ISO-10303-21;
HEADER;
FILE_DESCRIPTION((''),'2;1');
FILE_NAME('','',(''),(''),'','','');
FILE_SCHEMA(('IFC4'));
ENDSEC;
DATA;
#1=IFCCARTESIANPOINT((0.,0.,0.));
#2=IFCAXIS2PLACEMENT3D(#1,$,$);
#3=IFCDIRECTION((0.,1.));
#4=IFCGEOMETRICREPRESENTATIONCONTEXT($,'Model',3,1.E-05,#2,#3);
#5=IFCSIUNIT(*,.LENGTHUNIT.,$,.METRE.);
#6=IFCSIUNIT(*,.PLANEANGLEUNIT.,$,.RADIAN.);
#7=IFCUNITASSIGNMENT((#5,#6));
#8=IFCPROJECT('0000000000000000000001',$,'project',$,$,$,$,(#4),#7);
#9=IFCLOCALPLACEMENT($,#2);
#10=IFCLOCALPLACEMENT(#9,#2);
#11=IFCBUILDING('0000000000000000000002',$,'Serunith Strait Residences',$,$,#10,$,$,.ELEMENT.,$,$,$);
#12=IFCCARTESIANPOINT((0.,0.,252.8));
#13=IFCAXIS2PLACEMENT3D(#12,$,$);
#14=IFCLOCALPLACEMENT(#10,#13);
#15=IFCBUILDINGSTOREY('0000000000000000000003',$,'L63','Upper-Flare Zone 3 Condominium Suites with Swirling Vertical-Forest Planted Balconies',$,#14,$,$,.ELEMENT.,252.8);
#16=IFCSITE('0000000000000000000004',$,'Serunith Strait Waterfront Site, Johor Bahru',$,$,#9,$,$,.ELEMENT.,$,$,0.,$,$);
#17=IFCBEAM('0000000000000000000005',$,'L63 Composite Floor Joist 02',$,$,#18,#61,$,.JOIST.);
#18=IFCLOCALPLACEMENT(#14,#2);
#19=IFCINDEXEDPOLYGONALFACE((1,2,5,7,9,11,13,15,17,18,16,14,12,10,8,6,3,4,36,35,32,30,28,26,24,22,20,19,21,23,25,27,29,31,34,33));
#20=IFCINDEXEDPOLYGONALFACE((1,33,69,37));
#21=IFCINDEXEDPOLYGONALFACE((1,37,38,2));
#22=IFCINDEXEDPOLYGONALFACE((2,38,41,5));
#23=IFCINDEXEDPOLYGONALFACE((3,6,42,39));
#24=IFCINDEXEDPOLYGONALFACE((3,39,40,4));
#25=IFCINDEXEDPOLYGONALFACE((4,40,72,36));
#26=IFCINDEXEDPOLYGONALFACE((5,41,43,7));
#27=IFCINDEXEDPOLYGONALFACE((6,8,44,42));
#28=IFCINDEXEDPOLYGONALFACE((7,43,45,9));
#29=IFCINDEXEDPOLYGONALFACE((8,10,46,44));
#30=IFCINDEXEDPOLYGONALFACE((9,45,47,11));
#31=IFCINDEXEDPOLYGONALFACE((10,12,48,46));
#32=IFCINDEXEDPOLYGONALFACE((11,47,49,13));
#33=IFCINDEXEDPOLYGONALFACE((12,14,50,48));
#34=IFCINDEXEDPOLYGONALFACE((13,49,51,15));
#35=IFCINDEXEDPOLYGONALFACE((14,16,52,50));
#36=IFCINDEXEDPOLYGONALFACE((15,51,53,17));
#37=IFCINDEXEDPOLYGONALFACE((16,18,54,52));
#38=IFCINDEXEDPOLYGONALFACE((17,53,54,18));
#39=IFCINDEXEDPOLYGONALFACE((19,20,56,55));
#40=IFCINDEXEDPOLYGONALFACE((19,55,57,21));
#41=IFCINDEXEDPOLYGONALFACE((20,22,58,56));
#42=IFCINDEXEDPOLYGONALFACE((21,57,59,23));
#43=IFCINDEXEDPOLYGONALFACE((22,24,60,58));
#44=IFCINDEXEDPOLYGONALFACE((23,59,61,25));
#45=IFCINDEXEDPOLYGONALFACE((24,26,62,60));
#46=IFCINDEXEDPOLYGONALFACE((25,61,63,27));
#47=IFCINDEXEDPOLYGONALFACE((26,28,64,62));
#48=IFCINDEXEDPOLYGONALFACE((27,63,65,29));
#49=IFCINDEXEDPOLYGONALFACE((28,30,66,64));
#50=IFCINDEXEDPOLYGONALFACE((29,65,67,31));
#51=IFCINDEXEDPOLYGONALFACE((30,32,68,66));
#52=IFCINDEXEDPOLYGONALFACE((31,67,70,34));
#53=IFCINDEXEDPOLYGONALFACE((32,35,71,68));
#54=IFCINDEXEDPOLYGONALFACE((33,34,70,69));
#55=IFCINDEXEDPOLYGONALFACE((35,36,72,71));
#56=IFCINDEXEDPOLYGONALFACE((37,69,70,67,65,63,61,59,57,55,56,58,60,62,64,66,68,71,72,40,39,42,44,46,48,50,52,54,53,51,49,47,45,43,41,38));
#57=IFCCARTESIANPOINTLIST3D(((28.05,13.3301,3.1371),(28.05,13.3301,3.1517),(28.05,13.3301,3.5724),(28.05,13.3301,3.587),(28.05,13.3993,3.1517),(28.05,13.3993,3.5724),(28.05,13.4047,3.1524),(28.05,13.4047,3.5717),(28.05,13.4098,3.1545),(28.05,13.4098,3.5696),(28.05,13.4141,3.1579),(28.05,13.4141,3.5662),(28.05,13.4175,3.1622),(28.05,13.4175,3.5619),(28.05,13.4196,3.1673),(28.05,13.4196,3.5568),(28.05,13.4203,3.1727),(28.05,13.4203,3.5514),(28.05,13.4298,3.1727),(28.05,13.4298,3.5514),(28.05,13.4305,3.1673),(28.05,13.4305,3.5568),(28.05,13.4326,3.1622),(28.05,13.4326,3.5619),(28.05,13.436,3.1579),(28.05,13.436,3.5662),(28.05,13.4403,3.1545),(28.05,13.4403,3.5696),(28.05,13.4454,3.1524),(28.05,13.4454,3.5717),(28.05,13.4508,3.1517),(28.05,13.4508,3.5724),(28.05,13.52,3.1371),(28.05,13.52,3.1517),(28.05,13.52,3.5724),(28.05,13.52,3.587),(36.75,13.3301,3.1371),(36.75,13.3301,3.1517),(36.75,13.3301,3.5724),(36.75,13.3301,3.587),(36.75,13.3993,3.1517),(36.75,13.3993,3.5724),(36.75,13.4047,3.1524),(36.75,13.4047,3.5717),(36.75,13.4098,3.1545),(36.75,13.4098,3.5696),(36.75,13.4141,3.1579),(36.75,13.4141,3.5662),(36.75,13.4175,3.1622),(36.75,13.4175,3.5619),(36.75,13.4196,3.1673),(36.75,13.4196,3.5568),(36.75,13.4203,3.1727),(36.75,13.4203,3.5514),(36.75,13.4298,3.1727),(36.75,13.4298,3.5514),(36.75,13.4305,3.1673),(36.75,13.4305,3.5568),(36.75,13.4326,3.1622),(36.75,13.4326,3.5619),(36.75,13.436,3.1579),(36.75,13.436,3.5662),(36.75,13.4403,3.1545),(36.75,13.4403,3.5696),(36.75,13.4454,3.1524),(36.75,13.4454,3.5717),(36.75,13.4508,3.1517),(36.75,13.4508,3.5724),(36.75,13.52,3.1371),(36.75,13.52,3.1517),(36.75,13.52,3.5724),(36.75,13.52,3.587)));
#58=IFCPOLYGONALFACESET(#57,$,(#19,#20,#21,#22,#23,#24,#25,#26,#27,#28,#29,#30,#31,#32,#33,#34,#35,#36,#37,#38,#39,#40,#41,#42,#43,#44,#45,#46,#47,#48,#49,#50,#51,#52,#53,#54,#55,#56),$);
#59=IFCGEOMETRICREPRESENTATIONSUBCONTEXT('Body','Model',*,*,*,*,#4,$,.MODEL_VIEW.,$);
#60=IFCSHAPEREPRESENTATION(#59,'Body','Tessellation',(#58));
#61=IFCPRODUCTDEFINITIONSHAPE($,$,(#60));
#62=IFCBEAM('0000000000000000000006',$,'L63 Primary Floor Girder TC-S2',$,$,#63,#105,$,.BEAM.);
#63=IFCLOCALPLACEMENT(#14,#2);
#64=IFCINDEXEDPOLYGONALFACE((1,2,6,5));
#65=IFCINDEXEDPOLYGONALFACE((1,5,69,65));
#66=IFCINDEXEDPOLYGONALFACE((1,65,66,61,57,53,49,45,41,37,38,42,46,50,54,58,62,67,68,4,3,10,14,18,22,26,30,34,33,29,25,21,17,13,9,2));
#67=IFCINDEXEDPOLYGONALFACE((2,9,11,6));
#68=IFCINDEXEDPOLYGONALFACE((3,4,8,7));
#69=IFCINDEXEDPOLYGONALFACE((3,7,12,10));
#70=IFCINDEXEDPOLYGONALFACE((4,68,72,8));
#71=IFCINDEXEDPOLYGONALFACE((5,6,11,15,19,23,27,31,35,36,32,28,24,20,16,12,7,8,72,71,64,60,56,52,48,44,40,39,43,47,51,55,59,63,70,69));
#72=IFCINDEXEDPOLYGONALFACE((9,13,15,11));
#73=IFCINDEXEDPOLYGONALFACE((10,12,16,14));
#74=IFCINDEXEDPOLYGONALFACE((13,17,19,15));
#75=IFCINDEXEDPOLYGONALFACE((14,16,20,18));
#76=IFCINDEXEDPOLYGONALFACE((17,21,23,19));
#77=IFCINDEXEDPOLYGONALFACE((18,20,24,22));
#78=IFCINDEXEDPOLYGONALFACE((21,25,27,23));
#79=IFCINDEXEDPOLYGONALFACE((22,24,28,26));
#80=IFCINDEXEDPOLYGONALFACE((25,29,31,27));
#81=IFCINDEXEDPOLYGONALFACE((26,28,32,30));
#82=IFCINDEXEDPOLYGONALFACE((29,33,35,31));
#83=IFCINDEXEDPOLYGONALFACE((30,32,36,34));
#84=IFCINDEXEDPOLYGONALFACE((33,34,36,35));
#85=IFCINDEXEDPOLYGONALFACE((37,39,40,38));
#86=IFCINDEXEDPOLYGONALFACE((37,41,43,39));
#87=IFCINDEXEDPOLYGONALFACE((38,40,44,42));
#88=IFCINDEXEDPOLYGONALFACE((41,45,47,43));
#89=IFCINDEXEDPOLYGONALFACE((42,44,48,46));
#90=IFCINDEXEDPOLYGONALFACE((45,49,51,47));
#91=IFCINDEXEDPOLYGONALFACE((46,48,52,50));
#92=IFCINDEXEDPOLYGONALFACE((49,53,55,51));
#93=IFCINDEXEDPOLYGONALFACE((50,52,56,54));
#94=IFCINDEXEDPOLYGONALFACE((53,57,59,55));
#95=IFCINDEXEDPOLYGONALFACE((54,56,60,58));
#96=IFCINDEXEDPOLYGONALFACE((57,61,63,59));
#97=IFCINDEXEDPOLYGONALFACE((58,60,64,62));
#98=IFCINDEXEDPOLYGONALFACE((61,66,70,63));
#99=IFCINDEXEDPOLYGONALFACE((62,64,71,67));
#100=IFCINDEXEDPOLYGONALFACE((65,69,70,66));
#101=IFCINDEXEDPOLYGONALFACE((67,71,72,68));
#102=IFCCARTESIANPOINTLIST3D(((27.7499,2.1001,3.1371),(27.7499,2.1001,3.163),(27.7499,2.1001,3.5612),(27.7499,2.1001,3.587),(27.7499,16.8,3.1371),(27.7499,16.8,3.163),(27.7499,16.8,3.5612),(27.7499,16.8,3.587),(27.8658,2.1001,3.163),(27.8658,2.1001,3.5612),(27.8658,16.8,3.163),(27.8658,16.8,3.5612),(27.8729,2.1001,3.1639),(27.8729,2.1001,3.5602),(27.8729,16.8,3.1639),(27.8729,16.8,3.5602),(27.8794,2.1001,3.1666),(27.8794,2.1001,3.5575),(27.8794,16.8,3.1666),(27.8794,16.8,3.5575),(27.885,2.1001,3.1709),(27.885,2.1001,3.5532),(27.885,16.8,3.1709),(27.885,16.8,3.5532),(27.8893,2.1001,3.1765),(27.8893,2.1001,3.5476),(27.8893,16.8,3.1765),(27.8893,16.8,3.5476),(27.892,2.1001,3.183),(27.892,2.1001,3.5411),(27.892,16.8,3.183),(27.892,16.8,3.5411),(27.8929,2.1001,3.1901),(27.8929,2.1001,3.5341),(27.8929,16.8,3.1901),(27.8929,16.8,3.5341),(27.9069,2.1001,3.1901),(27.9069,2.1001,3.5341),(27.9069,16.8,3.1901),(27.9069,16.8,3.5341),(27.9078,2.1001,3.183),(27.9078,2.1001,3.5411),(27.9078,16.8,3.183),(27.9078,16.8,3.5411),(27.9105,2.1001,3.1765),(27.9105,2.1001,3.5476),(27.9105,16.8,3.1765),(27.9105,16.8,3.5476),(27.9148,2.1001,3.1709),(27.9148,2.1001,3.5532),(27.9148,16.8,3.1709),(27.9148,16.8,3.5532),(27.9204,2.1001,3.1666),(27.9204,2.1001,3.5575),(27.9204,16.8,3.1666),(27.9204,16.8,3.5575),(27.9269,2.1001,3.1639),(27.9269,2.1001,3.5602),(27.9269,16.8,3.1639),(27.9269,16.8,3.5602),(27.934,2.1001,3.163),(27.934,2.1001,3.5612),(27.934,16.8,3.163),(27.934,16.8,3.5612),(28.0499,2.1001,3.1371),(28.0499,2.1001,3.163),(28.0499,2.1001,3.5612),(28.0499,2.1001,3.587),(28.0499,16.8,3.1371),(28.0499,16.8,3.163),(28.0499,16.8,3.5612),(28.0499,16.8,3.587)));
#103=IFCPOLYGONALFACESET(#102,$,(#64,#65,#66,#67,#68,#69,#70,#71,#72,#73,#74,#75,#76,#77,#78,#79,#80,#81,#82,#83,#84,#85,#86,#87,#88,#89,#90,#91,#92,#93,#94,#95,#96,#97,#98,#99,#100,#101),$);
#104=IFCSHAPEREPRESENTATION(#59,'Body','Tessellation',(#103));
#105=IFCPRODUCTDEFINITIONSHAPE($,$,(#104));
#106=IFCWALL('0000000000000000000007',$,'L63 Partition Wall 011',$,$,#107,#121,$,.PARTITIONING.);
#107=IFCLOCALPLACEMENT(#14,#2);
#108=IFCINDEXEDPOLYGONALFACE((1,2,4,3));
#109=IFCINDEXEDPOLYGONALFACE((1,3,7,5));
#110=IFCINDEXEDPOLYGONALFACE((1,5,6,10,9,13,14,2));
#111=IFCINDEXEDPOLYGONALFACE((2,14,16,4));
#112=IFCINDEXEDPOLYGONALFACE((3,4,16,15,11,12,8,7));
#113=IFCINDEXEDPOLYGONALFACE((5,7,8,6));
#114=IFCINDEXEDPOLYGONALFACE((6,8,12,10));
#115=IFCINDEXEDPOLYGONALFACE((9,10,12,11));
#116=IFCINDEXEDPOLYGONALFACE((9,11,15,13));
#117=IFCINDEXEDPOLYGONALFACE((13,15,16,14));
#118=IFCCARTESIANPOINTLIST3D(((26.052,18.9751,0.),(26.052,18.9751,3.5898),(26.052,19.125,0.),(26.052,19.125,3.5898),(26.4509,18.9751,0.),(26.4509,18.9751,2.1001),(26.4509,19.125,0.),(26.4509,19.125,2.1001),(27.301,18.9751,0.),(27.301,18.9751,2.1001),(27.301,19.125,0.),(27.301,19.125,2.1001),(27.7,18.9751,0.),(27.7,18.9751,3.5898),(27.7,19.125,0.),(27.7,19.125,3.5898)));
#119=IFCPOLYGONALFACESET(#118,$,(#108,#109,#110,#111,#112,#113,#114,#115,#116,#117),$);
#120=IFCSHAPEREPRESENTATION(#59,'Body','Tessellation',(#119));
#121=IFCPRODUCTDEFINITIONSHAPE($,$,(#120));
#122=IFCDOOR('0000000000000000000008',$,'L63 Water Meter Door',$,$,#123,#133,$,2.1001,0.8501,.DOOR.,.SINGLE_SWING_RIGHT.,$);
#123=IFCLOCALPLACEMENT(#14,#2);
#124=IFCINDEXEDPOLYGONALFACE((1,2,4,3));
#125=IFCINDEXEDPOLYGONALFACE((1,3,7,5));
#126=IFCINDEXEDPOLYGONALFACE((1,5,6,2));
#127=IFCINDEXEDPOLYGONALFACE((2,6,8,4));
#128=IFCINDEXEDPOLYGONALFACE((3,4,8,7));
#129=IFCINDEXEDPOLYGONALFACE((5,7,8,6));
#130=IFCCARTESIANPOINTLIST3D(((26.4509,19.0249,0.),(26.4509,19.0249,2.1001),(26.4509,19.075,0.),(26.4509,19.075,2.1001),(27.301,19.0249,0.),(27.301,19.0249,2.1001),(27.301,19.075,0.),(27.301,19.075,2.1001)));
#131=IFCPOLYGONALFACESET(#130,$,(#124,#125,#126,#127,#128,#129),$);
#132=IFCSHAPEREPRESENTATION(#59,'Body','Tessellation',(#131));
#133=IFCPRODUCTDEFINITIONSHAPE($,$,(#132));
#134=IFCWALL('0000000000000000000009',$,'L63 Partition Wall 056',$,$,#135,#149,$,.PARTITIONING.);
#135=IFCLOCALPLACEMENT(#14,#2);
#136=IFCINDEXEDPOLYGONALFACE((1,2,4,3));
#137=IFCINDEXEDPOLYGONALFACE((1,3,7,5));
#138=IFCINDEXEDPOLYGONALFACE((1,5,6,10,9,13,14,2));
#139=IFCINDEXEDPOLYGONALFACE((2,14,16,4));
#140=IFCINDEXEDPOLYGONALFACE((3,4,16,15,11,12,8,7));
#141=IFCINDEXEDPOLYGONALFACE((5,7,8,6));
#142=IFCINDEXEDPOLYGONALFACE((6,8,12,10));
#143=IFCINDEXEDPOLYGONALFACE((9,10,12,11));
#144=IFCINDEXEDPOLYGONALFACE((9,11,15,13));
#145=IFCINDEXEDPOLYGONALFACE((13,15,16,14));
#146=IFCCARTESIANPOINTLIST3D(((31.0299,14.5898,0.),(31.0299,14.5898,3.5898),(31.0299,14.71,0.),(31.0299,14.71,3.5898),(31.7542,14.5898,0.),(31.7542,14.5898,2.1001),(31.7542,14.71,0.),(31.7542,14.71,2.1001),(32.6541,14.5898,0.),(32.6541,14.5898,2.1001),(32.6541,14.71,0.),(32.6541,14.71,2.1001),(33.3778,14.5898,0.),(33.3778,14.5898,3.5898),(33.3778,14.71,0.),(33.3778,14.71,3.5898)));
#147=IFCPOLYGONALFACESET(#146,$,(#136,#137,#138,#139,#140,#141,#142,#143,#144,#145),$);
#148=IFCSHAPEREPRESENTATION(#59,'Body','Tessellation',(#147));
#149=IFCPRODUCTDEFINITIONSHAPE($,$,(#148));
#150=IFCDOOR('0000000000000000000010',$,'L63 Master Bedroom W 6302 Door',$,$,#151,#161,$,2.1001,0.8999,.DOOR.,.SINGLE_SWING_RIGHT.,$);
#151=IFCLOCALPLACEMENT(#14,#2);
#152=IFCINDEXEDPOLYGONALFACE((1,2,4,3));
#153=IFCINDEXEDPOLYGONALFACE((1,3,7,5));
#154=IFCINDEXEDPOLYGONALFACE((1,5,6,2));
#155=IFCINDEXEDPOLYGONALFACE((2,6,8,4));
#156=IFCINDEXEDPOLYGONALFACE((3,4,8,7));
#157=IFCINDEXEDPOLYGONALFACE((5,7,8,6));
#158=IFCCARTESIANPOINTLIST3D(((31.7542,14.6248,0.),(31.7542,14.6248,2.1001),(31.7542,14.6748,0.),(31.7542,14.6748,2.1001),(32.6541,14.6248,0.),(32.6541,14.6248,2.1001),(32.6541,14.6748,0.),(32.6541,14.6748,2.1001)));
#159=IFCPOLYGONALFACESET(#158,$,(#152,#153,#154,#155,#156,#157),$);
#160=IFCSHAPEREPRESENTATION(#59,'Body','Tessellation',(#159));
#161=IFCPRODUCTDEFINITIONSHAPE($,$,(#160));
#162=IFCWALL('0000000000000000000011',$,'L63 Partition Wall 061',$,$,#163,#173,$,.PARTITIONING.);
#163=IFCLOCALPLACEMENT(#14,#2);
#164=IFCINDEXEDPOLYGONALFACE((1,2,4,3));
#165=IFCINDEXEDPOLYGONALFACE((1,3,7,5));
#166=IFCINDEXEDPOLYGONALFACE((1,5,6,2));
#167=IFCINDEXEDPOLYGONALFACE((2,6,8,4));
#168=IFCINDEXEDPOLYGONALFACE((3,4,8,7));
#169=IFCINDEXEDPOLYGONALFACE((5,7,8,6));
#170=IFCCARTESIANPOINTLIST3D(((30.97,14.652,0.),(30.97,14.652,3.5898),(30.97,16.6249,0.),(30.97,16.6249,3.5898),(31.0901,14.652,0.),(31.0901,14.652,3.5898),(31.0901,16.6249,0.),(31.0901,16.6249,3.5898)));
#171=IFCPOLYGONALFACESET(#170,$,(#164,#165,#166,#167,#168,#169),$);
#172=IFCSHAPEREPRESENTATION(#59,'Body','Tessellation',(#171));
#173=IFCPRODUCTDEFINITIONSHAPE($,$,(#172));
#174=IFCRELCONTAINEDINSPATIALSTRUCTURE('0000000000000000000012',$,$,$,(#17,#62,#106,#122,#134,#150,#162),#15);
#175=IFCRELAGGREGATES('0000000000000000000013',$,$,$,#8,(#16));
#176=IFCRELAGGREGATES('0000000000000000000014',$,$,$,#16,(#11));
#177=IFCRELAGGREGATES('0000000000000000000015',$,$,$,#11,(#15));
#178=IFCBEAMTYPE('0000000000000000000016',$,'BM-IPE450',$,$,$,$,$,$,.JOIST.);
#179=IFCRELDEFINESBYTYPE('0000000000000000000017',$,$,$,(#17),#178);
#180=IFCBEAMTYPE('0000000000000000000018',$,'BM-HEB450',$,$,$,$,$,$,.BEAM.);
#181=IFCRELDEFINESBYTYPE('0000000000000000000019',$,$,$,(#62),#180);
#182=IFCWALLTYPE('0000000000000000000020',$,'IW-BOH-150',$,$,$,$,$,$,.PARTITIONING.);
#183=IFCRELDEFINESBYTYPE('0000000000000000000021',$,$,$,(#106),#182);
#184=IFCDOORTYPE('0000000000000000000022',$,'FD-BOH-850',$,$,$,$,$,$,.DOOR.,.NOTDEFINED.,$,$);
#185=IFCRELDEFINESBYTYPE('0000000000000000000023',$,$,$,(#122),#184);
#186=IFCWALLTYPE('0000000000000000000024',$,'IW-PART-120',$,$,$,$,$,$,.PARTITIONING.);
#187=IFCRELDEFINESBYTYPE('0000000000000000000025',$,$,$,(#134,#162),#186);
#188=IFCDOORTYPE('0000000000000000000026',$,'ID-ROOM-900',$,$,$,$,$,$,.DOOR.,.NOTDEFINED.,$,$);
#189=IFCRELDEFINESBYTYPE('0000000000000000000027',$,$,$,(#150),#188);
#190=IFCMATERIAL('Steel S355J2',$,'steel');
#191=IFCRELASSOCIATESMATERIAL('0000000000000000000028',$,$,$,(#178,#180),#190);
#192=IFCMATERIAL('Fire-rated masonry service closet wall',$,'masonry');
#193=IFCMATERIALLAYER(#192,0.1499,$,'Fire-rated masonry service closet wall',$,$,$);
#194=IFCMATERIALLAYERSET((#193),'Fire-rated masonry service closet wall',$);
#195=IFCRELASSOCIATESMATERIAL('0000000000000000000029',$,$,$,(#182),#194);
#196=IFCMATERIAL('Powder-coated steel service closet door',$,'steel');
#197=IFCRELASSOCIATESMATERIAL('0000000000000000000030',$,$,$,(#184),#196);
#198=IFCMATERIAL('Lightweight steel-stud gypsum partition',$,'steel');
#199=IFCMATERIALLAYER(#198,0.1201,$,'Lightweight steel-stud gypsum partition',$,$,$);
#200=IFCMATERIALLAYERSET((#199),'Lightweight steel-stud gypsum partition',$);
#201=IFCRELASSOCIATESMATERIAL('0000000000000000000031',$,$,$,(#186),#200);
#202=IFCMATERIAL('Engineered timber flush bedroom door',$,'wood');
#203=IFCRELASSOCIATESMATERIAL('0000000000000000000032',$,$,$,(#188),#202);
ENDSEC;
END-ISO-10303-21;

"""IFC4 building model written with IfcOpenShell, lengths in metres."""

from ifc_helpers import new_model, si_unit, direction, frame, frame_2d, origin, origin_2d, place, context, subcontext, project, spatial, rectangle, i_section, extrude, source, transform, mapped, material, layer, layer_set, material_profile, profile_set, type_object, element, fill, save


model = new_model("IFC4")

# Units and contexts
model_context = context("Model", 3, precision=1e-05, world=origin(), true_north=direction((0.0, 1.0)))
body_context = subcontext(model_context, "Body", "Model", "MODEL_VIEW")
ifc_project = project(units=[si_unit("LENGTHUNIT", "METRE"), si_unit("PLANEANGLEUNIT", "RADIAN")], contexts=[model_context])

# Site, building, storey
site_placement = place(None, origin())
site = spatial("IfcSite", under=ifc_project, at=site_placement, Name="Serunith Strait Waterfront Site, Johor Bahru", CompositionType="ELEMENT", RefElevation=0.0)
building_placement = place(site_placement, origin())
building = spatial("IfcBuilding", under=site, at=building_placement, Name="Serunith Strait Residences", CompositionType="ELEMENT")
storey_placement = place(building_placement, frame((0.0, 0.0, 252.8)))
storey = spatial("IfcBuildingStorey", under=building, at=storey_placement, Name="L63", Description="Upper-Flare Zone 3 Condominium Suites with Swirling Vertical-Forest Planted Balconies", CompositionType="ELEMENT", Elevation=252.8)

# Beams
ifc_material_1 = material(Name="Steel S355J2", Category="steel")
ifc_material_profile_1 = material_profile(ifc_material_1, i_section(OverallWidth=0.1899, OverallDepth=0.45, WebThickness=0.0095, FlangeThickness=0.0146, FilletRadius=0.021, at=origin_2d()), Name="IPE 450")
ifc_profile_set_1 = profile_set([ifc_material_profile_1], Name="Steel S355J2")
beam_type_1 = type_object("IfcBeamType", Name="BM-IPE450", PredefinedType="JOIST", material=ifc_profile_set_1)
shared_shape_1 = source(origin(), body_context, "Body", "SweptSolid", [
    extrude(i_section(OverallWidth=0.1899, OverallDepth=0.45, WebThickness=0.0095, FlangeThickness=0.0146, FilletRadius=0.021, at=origin_2d()), origin(), (0.0, 0.0, 1.0), 8.7),
])
beam_1_placement = place(storey_placement, frame((28.05, 13.425, 3.3621), z_axis=(1.0, 0.0, 0.0), x_axis=(0.0, 1.0, 0.0)))
element("IfcBeam", 1, at=beam_1_placement, inside=storey, type_object=beam_type_1, Name="L63 Composite Floor Joist 02", PredefinedType="JOIST", context=body_context, shape_type="MappedRepresentation", body=[
    mapped(shared_shape_1, transform((0.0, 0.0, 0.0), scale=1.0)),
])
ifc_material_profile_2 = material_profile(ifc_material_1, i_section(OverallWidth=0.3, OverallDepth=0.45, WebThickness=0.0139, FlangeThickness=0.0259, FilletRadius=0.0271, at=origin_2d()), Name="HEB 450")
ifc_profile_set_2 = profile_set([ifc_material_profile_2], Name="Steel S355J2")
beam_type_2 = type_object("IfcBeamType", Name="BM-HEB450", PredefinedType="BEAM", material=ifc_profile_set_2)
shared_shape_2 = source(origin(), body_context, "Body", "SweptSolid", [
    extrude(i_section(OverallWidth=0.3, OverallDepth=0.45, WebThickness=0.0139, FlangeThickness=0.0259, FilletRadius=0.0271, at=origin_2d()), origin(), (0.0, 0.0, 1.0), 14.7),
])
beam_2_placement = place(storey_placement, frame((27.8999, 16.8, 3.3621), z_axis=(0.0, -1.0, 0.0), x_axis=(1.0, 0.0, 0.0)))
element("IfcBeam", 2, at=beam_2_placement, inside=storey, type_object=beam_type_2, Name="L63 Primary Floor Girder TC-S2", PredefinedType="BEAM", context=body_context, shape_type="MappedRepresentation", body=[
    mapped(shared_shape_2, transform((0.0, 0.0, 0.0), scale=1.0)),
])

# Walls, openings, doors
ifc_material_2 = material(Name="Fire-rated masonry service closet wall", Category="masonry")
ifc_layer_1 = layer(ifc_material_2, 0.1499, Name="Fire-rated masonry service closet wall")
ifc_layer_set_1 = layer_set([ifc_layer_1], Name="Fire-rated masonry service closet wall")
wall_type_1 = type_object("IfcWallType", Name="IW-BOH-150", PredefinedType="PARTITIONING", material=ifc_layer_set_1)
wall_1_placement = place(storey_placement, frame((26.052, 19.05, 0.0), z_axis=(0.0, 0.0, 1.0), x_axis=(1.0, 0.0, 0.0)))
wall_1 = element("IfcWall", 3, at=wall_1_placement, inside=storey, type_object=wall_type_1, Name="L63 Partition Wall 011", PredefinedType="PARTITIONING", context=body_context, shape_type="SweptSolid", body=[
    extrude(rectangle(XDim=1.6479, YDim=0.1499, at=frame_2d((0.824, 0.0))), origin(), (0.0, 0.0, 1.0), 3.5898),
])
opening_1_placement = place(wall_1_placement, frame((0.3989, 0.0, 0.0)))
opening_1 = element("IfcOpeningElement", 4, at=opening_1_placement, cuts=wall_1, PredefinedType="OPENING", context=body_context, shape_type="SweptSolid", body=[
    extrude(rectangle(XDim=0.8501, YDim=2.1001, at=frame_2d((0.425, 1.05))), frame((0.0, 0.085, 0.0), z_axis=(0.0, -1.0, 0.0), x_axis=(1.0, 0.0, 0.0)), (0.0, 0.0, 1.0), 0.1699),
])
ifc_material_3 = material(Name="Powder-coated steel service closet door", Category="steel")
door_type_1 = type_object("IfcDoorType", Name="FD-BOH-850", OperationType="NOTDEFINED", PredefinedType="DOOR", material=ifc_material_3)
shared_shape_3 = source(origin(), body_context, "Body", "SweptSolid", [
    extrude(rectangle(XDim=0.8501, YDim=2.1001, at=frame_2d((0.425, 1.05))), frame((0.0, 0.0249, 0.0), z_axis=(0.0, -1.0, 0.0), x_axis=(1.0, 0.0, 0.0)), (0.0, 0.0, 1.0), 0.05),
])
door_1_placement = place(opening_1_placement, origin())
door_1 = element("IfcDoor", 5, at=door_1_placement, inside=storey, type_object=door_type_1, Name="L63 Water Meter Door", OperationType="SINGLE_SWING_RIGHT", OverallHeight=2.1001, OverallWidth=0.8501, PredefinedType="DOOR", context=body_context, shape_type="MappedRepresentation", body=[
    mapped(shared_shape_3, transform((0.0, 0.0, 0.0), scale=1.0)),
])
fill(opening_1, door_1)
ifc_material_4 = material(Name="Lightweight steel-stud gypsum partition", Category="steel")
ifc_layer_2 = layer(ifc_material_4, 0.1201, Name="Lightweight steel-stud gypsum partition")
ifc_layer_set_2 = layer_set([ifc_layer_2], Name="Lightweight steel-stud gypsum partition")
wall_type_2 = type_object("IfcWallType", Name="IW-PART-120", PredefinedType="PARTITIONING", material=ifc_layer_set_2)
wall_2_placement = place(storey_placement, frame((31.03, 14.6499, 0.0), z_axis=(0.0, 0.0, 1.0), x_axis=(1.0, 0.0, 0.0)))
wall_2 = element("IfcWall", 6, at=wall_2_placement, inside=storey, type_object=wall_type_2, Name="L63 Partition Wall 056", PredefinedType="PARTITIONING", context=body_context, shape_type="SweptSolid", body=[
    extrude(rectangle(XDim=2.3479, YDim=0.1201, at=frame_2d((1.1738, 0.0))), origin(), (0.0, 0.0, 1.0), 3.5898),
])
opening_2_placement = place(wall_2_placement, frame((0.7241, 0.0, 0.0)))
opening_2 = element("IfcOpeningElement", 7, at=opening_2_placement, cuts=wall_2, PredefinedType="OPENING", context=body_context, shape_type="SweptSolid", body=[
    extrude(rectangle(XDim=0.8999, YDim=2.1001, at=frame_2d((0.45, 1.05))), frame((0.0, 0.0701, 0.0), z_axis=(0.0, -1.0, 0.0), x_axis=(1.0, 0.0, 0.0)), (0.0, 0.0, 1.0), 0.1401),
])
ifc_material_5 = material(Name="Engineered timber flush bedroom door", Category="wood")
door_type_2 = type_object("IfcDoorType", Name="ID-ROOM-900", OperationType="NOTDEFINED", PredefinedType="DOOR", material=ifc_material_5)
shared_shape_4 = source(origin(), body_context, "Body", "SweptSolid", [
    extrude(rectangle(XDim=0.8999, YDim=2.1001, at=frame_2d((0.45, 1.05))), frame((0.0, 0.0249, 0.0), z_axis=(0.0, -1.0, 0.0), x_axis=(1.0, 0.0, 0.0)), (0.0, 0.0, 1.0), 0.05),
])
door_2_placement = place(opening_2_placement, origin())
door_2 = element("IfcDoor", 8, at=door_2_placement, inside=storey, type_object=door_type_2, Name="L63 Master Bedroom W 6302 Door", OperationType="SINGLE_SWING_RIGHT", OverallHeight=2.1001, OverallWidth=0.8999, PredefinedType="DOOR", context=body_context, shape_type="MappedRepresentation", body=[
    mapped(shared_shape_4, transform((0.0, 0.0, 0.0), scale=1.0)),
])
fill(opening_2, door_2)

# Wall
wall_3_placement = place(storey_placement, frame((31.03, 14.6521, 0.0), z_axis=(0.0, 0.0, 1.0), x_axis=(0.0, 1.0, 0.0)))
element("IfcWall", 9, at=wall_3_placement, inside=storey, type_object=wall_type_2, Name="L63 Partition Wall 061", PredefinedType="PARTITIONING", context=body_context, shape_type="SweptSolid", body=[
    extrude(rectangle(XDim=1.9729, YDim=0.1201, at=frame_2d((0.9863, 0.0))), origin(), (0.0, 0.0, 1.0), 3.5898),
])

save(model, "model.ifc")
